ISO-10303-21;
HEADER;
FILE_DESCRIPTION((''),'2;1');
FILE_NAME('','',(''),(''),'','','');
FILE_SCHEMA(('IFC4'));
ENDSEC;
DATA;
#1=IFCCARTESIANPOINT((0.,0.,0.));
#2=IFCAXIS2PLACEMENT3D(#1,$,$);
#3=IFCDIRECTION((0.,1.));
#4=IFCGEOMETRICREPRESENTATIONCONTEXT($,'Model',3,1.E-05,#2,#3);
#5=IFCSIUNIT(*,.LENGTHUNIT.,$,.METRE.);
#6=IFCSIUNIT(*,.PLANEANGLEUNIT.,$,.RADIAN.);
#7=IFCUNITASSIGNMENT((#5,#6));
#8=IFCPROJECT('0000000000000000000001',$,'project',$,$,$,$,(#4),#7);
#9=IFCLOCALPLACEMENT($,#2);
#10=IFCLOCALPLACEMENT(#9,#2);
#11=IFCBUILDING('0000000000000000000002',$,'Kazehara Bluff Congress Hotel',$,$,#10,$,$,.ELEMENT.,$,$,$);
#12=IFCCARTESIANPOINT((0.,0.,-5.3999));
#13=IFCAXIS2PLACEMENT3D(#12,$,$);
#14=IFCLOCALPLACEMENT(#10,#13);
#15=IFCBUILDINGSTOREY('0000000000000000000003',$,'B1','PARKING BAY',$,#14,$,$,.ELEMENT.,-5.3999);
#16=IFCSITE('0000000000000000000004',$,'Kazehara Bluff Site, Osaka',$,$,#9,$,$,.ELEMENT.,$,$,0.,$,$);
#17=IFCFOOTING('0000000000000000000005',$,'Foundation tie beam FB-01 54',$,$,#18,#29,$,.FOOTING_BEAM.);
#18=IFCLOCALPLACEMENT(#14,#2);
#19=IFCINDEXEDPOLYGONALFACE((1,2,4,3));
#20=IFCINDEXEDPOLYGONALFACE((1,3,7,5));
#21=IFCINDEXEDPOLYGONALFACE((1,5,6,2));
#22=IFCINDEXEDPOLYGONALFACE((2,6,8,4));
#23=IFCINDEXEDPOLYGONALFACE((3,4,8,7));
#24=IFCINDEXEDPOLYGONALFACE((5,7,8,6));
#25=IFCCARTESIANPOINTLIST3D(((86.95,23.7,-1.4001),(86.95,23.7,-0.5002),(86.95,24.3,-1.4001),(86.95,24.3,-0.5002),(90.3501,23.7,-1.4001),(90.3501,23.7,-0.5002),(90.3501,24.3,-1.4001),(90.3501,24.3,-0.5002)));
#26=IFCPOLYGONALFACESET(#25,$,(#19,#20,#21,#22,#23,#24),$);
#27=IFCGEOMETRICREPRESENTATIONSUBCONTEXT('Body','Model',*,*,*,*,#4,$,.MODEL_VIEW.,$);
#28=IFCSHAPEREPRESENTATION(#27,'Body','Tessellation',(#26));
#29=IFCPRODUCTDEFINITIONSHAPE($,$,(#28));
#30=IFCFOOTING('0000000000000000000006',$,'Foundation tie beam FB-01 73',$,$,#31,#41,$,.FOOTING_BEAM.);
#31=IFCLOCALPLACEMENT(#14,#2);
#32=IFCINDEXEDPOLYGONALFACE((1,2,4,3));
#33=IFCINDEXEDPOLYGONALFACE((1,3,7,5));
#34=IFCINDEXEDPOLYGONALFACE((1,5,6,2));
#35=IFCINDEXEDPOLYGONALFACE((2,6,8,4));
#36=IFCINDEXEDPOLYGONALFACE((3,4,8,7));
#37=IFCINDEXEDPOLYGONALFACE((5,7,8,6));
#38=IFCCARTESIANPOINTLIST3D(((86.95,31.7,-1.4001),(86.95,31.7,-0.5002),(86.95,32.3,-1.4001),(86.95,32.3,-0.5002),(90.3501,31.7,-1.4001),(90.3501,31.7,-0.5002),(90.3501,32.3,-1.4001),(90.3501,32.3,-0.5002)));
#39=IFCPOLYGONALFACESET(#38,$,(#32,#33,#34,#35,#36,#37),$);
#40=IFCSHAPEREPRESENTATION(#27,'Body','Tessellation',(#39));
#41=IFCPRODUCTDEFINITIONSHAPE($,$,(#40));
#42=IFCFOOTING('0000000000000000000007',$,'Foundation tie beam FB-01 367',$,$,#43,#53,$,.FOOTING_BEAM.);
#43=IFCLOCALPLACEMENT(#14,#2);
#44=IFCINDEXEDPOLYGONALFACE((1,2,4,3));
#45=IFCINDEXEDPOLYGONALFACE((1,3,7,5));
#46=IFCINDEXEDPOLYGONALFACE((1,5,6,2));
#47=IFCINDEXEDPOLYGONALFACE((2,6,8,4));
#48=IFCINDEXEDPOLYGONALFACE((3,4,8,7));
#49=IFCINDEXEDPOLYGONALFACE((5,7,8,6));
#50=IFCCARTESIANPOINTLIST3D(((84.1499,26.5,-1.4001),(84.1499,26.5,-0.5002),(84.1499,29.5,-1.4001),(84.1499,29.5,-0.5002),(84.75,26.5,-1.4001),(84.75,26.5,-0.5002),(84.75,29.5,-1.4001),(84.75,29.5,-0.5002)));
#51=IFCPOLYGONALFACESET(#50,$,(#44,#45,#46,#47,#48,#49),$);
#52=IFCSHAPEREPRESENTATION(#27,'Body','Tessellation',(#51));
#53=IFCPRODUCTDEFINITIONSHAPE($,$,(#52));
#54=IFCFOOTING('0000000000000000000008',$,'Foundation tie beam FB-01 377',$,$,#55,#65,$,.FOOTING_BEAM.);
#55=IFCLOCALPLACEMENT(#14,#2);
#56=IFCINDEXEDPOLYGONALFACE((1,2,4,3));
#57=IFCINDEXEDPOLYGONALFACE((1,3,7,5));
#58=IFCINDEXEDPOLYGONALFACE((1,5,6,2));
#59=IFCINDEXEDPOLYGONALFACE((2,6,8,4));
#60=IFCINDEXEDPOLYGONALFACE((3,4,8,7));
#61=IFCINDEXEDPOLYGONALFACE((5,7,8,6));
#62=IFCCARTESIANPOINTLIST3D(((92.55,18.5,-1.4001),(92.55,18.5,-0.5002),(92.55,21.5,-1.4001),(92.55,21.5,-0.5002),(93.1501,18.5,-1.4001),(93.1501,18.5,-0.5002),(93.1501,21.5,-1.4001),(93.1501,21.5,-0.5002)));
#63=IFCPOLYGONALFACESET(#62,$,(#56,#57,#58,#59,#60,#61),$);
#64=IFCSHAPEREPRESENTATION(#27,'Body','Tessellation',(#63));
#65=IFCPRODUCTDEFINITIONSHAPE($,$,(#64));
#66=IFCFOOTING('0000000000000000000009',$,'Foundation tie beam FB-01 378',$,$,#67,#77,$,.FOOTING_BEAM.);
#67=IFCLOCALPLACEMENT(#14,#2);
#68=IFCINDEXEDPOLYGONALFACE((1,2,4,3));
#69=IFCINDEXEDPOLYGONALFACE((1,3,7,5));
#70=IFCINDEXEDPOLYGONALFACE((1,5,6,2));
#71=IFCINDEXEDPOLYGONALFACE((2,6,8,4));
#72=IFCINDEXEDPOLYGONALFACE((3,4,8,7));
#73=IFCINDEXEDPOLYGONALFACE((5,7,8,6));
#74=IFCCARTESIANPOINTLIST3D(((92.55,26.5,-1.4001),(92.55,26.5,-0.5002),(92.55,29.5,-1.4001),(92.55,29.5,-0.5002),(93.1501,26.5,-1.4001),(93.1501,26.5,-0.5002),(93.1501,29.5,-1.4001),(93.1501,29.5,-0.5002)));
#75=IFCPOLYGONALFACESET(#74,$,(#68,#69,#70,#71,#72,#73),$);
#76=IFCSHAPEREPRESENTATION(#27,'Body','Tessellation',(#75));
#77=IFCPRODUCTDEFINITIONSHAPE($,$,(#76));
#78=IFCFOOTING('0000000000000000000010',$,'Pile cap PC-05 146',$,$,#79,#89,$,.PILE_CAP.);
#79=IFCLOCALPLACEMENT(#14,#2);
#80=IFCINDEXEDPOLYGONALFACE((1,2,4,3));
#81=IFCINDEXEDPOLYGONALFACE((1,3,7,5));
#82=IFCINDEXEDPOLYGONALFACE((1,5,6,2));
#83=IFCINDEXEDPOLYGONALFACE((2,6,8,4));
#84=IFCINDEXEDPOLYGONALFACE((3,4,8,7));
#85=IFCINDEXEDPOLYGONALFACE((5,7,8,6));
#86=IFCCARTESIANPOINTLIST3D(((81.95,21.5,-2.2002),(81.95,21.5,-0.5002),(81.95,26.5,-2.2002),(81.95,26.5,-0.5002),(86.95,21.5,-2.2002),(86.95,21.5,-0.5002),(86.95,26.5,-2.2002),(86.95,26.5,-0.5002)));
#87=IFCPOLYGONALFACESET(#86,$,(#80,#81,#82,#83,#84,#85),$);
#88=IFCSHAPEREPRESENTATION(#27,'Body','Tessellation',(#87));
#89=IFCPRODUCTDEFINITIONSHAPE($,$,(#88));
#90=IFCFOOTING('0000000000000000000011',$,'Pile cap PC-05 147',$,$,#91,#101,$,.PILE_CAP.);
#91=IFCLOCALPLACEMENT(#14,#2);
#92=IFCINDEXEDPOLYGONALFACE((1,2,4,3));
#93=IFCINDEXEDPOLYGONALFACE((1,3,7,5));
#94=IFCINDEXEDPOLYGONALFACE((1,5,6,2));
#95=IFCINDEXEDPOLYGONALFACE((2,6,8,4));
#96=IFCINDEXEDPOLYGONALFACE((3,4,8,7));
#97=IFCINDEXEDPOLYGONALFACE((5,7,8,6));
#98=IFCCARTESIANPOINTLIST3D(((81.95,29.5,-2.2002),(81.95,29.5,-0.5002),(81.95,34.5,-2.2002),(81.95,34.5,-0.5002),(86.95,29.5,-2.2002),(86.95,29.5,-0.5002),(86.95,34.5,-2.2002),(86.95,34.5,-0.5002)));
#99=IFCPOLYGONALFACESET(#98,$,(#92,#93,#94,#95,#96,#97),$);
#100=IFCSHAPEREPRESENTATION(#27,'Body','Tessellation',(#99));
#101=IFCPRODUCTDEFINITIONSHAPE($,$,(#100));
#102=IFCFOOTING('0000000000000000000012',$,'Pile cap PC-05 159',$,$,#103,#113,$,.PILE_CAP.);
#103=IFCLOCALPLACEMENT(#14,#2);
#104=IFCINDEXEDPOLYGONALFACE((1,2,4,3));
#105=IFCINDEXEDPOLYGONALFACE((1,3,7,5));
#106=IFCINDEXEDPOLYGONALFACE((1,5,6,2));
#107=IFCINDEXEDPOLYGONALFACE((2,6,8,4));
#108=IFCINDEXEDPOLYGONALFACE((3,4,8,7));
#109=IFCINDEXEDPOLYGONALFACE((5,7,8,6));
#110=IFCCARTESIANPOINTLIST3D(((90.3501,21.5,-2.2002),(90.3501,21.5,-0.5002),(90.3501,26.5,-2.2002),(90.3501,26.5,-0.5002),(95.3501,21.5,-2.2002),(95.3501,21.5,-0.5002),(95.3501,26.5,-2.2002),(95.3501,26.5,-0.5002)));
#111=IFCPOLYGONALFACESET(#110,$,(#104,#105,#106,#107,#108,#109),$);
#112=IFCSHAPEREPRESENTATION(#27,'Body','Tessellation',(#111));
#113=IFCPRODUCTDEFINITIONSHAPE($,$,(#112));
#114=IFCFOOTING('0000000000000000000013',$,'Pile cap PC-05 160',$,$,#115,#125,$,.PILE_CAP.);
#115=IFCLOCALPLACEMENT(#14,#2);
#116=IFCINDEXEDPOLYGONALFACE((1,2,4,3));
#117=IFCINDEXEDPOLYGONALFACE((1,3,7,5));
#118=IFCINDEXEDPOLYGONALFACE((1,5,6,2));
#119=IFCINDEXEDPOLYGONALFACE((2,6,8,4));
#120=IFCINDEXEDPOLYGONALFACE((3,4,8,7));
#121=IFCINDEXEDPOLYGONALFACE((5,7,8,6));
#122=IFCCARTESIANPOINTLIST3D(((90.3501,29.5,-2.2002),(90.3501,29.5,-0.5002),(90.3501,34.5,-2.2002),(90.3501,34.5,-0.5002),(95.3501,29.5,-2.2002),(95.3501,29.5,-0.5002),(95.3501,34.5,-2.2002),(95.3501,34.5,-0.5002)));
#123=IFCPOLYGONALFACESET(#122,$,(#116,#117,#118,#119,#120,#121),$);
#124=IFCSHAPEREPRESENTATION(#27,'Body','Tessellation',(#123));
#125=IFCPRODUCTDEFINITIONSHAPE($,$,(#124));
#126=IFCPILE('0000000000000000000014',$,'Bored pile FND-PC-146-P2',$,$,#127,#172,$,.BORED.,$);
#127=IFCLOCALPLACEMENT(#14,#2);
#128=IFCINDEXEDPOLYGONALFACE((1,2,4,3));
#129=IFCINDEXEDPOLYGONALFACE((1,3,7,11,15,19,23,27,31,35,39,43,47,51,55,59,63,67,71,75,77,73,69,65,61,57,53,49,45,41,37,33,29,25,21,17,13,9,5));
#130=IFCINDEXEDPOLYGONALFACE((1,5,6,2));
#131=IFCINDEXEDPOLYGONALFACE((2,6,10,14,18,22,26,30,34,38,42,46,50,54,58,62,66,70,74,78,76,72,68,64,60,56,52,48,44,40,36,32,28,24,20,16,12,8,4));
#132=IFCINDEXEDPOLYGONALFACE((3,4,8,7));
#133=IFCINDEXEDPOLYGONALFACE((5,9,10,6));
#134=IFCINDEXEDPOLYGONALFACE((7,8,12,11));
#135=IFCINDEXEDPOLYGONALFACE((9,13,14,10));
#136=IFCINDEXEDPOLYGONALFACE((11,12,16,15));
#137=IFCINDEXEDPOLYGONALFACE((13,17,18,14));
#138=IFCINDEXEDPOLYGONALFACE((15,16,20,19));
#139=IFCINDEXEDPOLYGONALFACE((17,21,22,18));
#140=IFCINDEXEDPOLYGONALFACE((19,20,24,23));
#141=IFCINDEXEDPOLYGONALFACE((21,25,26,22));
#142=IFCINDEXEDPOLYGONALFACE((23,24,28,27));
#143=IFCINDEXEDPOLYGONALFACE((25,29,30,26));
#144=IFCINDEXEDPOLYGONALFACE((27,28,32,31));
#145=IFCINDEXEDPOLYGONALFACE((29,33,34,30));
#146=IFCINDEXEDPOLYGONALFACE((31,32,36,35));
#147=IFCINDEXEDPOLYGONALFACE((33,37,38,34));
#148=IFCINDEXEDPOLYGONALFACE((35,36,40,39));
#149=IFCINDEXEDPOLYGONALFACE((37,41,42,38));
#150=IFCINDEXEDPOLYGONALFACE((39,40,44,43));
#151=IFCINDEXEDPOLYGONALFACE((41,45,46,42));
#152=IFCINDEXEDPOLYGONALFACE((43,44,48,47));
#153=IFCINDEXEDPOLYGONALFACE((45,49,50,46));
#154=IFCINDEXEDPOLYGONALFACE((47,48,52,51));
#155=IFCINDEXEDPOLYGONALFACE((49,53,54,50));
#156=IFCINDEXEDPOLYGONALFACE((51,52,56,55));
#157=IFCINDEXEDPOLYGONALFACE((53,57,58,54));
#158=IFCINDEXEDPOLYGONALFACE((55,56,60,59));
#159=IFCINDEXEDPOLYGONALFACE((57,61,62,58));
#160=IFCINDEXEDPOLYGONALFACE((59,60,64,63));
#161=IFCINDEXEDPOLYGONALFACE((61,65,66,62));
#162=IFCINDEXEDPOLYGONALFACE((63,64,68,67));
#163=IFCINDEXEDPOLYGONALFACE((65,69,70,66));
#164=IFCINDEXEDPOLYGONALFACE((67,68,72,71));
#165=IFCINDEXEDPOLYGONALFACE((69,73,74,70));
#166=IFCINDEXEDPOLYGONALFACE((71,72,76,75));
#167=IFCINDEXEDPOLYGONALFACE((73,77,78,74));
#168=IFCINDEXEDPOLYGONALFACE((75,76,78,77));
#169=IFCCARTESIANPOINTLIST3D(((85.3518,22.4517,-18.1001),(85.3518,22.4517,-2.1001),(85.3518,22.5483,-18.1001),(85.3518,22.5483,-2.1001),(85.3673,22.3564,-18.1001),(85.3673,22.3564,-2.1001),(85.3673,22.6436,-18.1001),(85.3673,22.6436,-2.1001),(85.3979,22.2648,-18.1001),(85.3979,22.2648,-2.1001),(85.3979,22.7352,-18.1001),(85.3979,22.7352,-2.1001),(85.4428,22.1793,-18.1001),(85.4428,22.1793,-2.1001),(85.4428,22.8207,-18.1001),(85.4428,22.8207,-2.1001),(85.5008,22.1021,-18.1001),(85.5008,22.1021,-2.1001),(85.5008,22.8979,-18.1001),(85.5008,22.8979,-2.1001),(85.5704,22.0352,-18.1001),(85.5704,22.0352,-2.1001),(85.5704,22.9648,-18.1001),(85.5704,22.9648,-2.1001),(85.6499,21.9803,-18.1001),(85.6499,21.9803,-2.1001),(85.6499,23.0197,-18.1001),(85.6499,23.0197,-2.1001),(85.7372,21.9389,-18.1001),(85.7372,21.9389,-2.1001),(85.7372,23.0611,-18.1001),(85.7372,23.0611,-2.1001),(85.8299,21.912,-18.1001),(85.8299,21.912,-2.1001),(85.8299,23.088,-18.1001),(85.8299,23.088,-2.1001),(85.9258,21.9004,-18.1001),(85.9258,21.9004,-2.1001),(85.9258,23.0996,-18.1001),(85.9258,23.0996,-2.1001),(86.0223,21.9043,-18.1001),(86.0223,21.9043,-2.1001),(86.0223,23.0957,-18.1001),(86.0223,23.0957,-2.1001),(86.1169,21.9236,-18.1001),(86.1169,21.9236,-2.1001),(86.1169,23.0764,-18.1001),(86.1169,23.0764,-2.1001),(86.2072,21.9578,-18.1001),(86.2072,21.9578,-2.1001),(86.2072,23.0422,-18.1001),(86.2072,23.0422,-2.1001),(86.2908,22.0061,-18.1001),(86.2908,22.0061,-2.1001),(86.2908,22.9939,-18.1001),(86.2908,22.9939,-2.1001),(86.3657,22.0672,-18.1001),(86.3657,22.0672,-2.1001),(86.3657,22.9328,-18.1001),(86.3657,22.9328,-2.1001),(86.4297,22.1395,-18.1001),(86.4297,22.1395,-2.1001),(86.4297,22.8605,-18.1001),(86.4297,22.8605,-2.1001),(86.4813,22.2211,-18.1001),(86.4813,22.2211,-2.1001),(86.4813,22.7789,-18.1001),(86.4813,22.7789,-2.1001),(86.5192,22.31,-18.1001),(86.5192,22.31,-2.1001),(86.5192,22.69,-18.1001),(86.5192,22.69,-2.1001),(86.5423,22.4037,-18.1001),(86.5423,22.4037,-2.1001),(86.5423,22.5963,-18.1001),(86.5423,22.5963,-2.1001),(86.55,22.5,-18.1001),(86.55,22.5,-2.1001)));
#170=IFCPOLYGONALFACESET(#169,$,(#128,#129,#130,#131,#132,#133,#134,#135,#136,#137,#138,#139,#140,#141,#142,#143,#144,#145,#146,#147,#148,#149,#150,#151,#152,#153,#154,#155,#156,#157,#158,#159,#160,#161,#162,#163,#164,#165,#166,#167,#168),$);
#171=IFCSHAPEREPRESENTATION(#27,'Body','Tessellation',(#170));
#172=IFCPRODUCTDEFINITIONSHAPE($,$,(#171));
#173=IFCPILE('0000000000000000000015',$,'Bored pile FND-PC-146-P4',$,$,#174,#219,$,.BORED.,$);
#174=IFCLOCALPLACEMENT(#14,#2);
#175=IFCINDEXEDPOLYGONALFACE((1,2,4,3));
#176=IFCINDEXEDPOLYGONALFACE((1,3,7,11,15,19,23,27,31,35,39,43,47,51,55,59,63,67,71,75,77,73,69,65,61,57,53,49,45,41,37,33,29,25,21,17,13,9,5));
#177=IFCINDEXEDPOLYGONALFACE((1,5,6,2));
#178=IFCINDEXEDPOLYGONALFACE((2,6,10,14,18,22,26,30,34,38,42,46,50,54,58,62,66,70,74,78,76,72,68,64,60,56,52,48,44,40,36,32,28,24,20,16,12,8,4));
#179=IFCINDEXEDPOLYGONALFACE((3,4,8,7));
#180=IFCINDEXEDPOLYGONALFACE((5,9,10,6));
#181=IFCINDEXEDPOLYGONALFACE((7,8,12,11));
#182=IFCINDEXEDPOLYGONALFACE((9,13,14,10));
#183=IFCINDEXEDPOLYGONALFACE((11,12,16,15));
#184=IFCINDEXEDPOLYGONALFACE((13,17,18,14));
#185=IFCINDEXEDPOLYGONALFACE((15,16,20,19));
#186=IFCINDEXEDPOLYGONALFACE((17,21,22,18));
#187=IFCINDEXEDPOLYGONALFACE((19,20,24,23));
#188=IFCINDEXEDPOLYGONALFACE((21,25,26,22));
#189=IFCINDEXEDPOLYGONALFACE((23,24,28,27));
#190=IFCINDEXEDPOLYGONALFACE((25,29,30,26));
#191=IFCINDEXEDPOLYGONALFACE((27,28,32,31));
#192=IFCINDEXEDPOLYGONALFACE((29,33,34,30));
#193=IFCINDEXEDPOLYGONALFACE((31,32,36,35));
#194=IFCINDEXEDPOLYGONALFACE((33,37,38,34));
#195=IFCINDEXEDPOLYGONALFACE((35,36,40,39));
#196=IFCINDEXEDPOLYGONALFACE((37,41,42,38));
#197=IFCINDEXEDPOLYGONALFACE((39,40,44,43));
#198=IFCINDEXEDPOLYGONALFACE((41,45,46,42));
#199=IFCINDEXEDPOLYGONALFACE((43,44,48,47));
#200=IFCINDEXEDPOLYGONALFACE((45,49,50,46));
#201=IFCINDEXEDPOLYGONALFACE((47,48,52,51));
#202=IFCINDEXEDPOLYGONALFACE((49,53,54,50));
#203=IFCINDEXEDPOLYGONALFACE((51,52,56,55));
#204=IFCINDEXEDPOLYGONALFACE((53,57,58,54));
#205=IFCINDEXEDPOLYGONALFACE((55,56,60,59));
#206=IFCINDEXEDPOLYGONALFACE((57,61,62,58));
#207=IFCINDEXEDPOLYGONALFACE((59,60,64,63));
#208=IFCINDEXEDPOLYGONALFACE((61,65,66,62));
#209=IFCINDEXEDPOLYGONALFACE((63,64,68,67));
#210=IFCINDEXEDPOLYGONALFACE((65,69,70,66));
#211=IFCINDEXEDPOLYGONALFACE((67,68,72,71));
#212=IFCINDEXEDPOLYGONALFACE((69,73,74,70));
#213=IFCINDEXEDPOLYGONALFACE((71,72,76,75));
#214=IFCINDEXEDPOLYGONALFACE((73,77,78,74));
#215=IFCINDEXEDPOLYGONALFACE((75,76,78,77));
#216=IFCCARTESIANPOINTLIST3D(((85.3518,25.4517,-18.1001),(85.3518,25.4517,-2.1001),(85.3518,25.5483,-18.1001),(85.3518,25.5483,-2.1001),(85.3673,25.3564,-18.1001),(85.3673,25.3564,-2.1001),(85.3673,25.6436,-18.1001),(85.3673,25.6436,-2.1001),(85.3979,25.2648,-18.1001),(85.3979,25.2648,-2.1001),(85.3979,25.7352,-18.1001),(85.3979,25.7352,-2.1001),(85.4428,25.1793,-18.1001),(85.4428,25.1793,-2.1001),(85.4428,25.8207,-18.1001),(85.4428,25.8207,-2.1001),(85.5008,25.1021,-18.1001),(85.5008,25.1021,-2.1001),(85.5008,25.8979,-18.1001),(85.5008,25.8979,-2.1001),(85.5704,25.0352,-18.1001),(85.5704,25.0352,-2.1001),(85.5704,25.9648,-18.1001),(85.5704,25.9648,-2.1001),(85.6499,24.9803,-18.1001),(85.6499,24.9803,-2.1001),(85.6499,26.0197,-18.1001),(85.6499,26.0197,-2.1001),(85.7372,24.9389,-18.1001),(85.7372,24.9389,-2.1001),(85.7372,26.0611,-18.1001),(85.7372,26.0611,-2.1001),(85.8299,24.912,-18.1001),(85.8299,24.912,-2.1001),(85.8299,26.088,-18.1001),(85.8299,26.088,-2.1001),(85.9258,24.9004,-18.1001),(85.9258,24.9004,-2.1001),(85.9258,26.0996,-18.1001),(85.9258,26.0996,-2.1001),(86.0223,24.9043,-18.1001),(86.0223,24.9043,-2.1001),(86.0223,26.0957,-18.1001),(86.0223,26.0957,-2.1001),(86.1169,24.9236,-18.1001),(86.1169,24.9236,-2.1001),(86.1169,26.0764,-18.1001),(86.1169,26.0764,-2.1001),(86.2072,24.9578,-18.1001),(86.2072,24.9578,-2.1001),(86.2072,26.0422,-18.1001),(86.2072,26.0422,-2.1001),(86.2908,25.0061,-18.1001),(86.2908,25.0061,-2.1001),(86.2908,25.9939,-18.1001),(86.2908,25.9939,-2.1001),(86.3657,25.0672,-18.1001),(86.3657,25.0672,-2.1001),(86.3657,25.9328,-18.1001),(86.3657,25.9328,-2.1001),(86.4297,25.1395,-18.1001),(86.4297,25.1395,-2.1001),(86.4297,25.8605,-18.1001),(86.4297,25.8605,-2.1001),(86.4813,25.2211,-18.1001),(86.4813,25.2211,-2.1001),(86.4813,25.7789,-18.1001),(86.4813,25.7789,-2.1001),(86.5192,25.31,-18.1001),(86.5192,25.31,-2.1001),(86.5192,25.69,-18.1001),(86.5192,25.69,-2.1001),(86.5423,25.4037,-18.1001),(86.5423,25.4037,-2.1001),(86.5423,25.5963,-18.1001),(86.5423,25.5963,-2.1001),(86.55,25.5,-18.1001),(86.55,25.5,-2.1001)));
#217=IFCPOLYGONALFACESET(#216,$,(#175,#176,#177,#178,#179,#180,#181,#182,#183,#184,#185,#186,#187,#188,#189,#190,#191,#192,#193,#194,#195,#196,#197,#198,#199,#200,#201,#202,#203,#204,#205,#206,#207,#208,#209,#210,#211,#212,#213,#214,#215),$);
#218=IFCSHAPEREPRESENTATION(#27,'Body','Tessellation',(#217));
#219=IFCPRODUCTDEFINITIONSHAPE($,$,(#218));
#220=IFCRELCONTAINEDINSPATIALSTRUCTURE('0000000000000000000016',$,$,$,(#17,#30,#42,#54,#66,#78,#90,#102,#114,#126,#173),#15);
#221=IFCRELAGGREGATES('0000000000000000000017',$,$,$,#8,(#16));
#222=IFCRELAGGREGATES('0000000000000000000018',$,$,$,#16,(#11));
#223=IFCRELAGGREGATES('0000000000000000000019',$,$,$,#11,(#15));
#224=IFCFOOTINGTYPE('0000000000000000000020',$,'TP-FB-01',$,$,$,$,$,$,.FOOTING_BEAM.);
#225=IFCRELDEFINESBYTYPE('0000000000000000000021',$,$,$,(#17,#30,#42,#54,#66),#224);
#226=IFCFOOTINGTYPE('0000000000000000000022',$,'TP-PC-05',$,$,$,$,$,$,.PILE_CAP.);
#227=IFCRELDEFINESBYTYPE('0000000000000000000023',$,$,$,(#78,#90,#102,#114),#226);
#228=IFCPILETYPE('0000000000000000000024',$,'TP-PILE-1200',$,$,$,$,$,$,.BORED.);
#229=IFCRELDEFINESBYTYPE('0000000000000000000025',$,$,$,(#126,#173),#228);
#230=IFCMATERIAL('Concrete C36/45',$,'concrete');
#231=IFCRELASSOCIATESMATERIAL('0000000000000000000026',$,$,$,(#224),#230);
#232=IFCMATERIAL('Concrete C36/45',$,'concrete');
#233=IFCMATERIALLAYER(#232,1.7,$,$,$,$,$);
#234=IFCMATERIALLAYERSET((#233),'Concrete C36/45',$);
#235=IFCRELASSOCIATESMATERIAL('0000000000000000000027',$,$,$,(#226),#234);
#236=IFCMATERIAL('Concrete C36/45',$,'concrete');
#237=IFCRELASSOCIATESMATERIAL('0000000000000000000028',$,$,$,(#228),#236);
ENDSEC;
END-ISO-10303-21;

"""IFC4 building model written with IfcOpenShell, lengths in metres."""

from ifc_helpers import new_model, si_unit, direction, frame, origin, origin_2d, place, context, subcontext, project, spatial, rectangle, circle, extrude, material, layer, layer_set, material_profile, profile_set, type_object, element, save


model = new_model("IFC4")

# Units and contexts
model_context = context("Model", 3, precision=1e-05, world=origin(), true_north=direction((0.0, 1.0)))
body_context = subcontext(model_context, "Body", "Model", "MODEL_VIEW")
ifc_project = project(units=[si_unit("LENGTHUNIT", "METRE"), si_unit("PLANEANGLEUNIT", "RADIAN")], contexts=[model_context])

# Site, building, storey
site_placement = place(None, origin())
site = spatial("IfcSite", under=ifc_project, at=site_placement, Name="Kazehara Bluff Site, Osaka", CompositionType="ELEMENT", RefElevation=0.0)
building_placement = place(site_placement, origin())
building = spatial("IfcBuilding", under=site, at=building_placement, Name="Kazehara Bluff Congress Hotel", CompositionType="ELEMENT")
storey_placement = place(building_placement, frame((0.0, 0.0, -5.3999)))
storey = spatial("IfcBuildingStorey", under=building, at=storey_placement, Name="B1", Description="PARKING BAY", CompositionType="ELEMENT", Elevation=-5.3999)

# Footings
ifc_material_1 = material(Name="Concrete C36/45", Category="concrete")
ifc_material_profile_1 = material_profile(ifc_material_1, rectangle(XDim=0.6001, YDim=0.8999, at=origin_2d()))
ifc_profile_set_1 = profile_set([ifc_material_profile_1], Name="Concrete C36/45")
footing_type_1 = type_object("IfcFootingType", Name="TP-FB-01", PredefinedType="FOOTING_BEAM", material=ifc_profile_set_1)
for number, where, z_axis, x_axis, name in (
    (1, (86.95, 24.0, -0.9502), (1.0, 0.0, 0.0), (0.0, 1.0, 0.0), "Foundation tie beam FB-01 54"),
    (2, (86.95, 32.0, -0.9502), (1.0, 0.0, 0.0), (0.0, 1.0, 0.0), "Foundation tie beam FB-01 73"),
):
    element("IfcFooting", number, at=place(storey_placement, frame(where, z_axis=z_axis, x_axis=x_axis)), inside=storey, type_object=footing_type_1, Name=name, PredefinedType="FOOTING_BEAM", context=body_context, shape_type="SweptSolid", body=[
        extrude(rectangle(XDim=0.6001, YDim=0.8999, at=origin_2d()), origin(), (0.0, 0.0, 1.0), 3.4001),
    ])
for number, where, z_axis, x_axis, name in (
    (3, (84.45, 26.5, -0.9502), (0.0, 1.0, 0.0), (-1.0, 0.0, 0.0), "Foundation tie beam FB-01 367"),
    (4, (92.8501, 18.5, -0.9502), (0.0, 1.0, 0.0), (-1.0, 0.0, 0.0), "Foundation tie beam FB-01 377"),
    (5, (92.8501, 26.5, -0.9502), (0.0, 1.0, 0.0), (-1.0, 0.0, 0.0), "Foundation tie beam FB-01 378"),
):
    element("IfcFooting", number, at=place(storey_placement, frame(where, z_axis=z_axis, x_axis=x_axis)), inside=storey, type_object=footing_type_1, Name=name, PredefinedType="FOOTING_BEAM", context=body_context, shape_type="SweptSolid", body=[
        extrude(rectangle(XDim=0.6001, YDim=0.8999, at=origin_2d()), origin(), (0.0, 0.0, 1.0), 3.0),
    ])
ifc_material_2 = material(Name="Concrete C36/45", Category="concrete")
ifc_layer = layer(ifc_material_2, 1.7)
ifc_layer_set = layer_set([ifc_layer], Name="Concrete C36/45")
footing_type_2 = type_object("IfcFootingType", Name="TP-PC-05", PredefinedType="PILE_CAP", material=ifc_layer_set)
for number, where, z_axis, x_axis, name in (
    (6, (84.45, 24.0, -2.2002), (0.0, 0.0, 1.0), (1.0, 0.0, 0.0), "Pile cap PC-05 146"),
    (7, (84.45, 32.0, -2.2002), (0.0, 0.0, 1.0), (1.0, 0.0, 0.0), "Pile cap PC-05 147"),
    (8, (92.8501, 24.0, -2.2002), (0.0, 0.0, 1.0), (1.0, 0.0, 0.0), "Pile cap PC-05 159"),
    (9, (92.8501, 32.0, -2.2002), (0.0, 0.0, 1.0), (1.0, 0.0, 0.0), "Pile cap PC-05 160"),
):
    element("IfcFooting", number, at=place(storey_placement, frame(where, z_axis=z_axis, x_axis=x_axis)), inside=storey, type_object=footing_type_2, Name=name, PredefinedType="PILE_CAP", context=body_context, shape_type="SweptSolid", body=[
        extrude(rectangle(XDim=5.0, YDim=5.0, at=origin_2d()), origin(), (0.0, 0.0, 1.0), 1.7),
    ])

# Piles
ifc_material_3 = material(Name="Concrete C36/45", Category="concrete")
ifc_material_profile_2 = material_profile(ifc_material_3, circle(Radius=0.6001, at=origin_2d()))
ifc_profile_set_2 = profile_set([ifc_material_profile_2], Name="Concrete C36/45")
pile_type = type_object("IfcPileType", Name="TP-PILE-1200", PredefinedType="BORED", material=ifc_profile_set_2)
for number, where, z_axis, x_axis, name in (
    (10, (85.95, 22.5, -2.1001), (0.0, 0.0, -1.0), (1.0, 0.0, 0.0), "Bored pile FND-PC-146-P2"),
    (11, (85.95, 25.5, -2.1001), (0.0, 0.0, -1.0), (1.0, 0.0, 0.0), "Bored pile FND-PC-146-P4"),
):
    element("IfcPile", number, at=place(storey_placement, frame(where, z_axis=z_axis, x_axis=x_axis)), inside=storey, type_object=pile_type, Name=name, PredefinedType="BORED", context=body_context, shape_type="SweptSolid", body=[
        extrude(circle(Radius=0.6001, at=origin_2d()), origin(), (0.0, 0.0, 1.0), 16.0),
    ])

save(model, "model.ifc")
